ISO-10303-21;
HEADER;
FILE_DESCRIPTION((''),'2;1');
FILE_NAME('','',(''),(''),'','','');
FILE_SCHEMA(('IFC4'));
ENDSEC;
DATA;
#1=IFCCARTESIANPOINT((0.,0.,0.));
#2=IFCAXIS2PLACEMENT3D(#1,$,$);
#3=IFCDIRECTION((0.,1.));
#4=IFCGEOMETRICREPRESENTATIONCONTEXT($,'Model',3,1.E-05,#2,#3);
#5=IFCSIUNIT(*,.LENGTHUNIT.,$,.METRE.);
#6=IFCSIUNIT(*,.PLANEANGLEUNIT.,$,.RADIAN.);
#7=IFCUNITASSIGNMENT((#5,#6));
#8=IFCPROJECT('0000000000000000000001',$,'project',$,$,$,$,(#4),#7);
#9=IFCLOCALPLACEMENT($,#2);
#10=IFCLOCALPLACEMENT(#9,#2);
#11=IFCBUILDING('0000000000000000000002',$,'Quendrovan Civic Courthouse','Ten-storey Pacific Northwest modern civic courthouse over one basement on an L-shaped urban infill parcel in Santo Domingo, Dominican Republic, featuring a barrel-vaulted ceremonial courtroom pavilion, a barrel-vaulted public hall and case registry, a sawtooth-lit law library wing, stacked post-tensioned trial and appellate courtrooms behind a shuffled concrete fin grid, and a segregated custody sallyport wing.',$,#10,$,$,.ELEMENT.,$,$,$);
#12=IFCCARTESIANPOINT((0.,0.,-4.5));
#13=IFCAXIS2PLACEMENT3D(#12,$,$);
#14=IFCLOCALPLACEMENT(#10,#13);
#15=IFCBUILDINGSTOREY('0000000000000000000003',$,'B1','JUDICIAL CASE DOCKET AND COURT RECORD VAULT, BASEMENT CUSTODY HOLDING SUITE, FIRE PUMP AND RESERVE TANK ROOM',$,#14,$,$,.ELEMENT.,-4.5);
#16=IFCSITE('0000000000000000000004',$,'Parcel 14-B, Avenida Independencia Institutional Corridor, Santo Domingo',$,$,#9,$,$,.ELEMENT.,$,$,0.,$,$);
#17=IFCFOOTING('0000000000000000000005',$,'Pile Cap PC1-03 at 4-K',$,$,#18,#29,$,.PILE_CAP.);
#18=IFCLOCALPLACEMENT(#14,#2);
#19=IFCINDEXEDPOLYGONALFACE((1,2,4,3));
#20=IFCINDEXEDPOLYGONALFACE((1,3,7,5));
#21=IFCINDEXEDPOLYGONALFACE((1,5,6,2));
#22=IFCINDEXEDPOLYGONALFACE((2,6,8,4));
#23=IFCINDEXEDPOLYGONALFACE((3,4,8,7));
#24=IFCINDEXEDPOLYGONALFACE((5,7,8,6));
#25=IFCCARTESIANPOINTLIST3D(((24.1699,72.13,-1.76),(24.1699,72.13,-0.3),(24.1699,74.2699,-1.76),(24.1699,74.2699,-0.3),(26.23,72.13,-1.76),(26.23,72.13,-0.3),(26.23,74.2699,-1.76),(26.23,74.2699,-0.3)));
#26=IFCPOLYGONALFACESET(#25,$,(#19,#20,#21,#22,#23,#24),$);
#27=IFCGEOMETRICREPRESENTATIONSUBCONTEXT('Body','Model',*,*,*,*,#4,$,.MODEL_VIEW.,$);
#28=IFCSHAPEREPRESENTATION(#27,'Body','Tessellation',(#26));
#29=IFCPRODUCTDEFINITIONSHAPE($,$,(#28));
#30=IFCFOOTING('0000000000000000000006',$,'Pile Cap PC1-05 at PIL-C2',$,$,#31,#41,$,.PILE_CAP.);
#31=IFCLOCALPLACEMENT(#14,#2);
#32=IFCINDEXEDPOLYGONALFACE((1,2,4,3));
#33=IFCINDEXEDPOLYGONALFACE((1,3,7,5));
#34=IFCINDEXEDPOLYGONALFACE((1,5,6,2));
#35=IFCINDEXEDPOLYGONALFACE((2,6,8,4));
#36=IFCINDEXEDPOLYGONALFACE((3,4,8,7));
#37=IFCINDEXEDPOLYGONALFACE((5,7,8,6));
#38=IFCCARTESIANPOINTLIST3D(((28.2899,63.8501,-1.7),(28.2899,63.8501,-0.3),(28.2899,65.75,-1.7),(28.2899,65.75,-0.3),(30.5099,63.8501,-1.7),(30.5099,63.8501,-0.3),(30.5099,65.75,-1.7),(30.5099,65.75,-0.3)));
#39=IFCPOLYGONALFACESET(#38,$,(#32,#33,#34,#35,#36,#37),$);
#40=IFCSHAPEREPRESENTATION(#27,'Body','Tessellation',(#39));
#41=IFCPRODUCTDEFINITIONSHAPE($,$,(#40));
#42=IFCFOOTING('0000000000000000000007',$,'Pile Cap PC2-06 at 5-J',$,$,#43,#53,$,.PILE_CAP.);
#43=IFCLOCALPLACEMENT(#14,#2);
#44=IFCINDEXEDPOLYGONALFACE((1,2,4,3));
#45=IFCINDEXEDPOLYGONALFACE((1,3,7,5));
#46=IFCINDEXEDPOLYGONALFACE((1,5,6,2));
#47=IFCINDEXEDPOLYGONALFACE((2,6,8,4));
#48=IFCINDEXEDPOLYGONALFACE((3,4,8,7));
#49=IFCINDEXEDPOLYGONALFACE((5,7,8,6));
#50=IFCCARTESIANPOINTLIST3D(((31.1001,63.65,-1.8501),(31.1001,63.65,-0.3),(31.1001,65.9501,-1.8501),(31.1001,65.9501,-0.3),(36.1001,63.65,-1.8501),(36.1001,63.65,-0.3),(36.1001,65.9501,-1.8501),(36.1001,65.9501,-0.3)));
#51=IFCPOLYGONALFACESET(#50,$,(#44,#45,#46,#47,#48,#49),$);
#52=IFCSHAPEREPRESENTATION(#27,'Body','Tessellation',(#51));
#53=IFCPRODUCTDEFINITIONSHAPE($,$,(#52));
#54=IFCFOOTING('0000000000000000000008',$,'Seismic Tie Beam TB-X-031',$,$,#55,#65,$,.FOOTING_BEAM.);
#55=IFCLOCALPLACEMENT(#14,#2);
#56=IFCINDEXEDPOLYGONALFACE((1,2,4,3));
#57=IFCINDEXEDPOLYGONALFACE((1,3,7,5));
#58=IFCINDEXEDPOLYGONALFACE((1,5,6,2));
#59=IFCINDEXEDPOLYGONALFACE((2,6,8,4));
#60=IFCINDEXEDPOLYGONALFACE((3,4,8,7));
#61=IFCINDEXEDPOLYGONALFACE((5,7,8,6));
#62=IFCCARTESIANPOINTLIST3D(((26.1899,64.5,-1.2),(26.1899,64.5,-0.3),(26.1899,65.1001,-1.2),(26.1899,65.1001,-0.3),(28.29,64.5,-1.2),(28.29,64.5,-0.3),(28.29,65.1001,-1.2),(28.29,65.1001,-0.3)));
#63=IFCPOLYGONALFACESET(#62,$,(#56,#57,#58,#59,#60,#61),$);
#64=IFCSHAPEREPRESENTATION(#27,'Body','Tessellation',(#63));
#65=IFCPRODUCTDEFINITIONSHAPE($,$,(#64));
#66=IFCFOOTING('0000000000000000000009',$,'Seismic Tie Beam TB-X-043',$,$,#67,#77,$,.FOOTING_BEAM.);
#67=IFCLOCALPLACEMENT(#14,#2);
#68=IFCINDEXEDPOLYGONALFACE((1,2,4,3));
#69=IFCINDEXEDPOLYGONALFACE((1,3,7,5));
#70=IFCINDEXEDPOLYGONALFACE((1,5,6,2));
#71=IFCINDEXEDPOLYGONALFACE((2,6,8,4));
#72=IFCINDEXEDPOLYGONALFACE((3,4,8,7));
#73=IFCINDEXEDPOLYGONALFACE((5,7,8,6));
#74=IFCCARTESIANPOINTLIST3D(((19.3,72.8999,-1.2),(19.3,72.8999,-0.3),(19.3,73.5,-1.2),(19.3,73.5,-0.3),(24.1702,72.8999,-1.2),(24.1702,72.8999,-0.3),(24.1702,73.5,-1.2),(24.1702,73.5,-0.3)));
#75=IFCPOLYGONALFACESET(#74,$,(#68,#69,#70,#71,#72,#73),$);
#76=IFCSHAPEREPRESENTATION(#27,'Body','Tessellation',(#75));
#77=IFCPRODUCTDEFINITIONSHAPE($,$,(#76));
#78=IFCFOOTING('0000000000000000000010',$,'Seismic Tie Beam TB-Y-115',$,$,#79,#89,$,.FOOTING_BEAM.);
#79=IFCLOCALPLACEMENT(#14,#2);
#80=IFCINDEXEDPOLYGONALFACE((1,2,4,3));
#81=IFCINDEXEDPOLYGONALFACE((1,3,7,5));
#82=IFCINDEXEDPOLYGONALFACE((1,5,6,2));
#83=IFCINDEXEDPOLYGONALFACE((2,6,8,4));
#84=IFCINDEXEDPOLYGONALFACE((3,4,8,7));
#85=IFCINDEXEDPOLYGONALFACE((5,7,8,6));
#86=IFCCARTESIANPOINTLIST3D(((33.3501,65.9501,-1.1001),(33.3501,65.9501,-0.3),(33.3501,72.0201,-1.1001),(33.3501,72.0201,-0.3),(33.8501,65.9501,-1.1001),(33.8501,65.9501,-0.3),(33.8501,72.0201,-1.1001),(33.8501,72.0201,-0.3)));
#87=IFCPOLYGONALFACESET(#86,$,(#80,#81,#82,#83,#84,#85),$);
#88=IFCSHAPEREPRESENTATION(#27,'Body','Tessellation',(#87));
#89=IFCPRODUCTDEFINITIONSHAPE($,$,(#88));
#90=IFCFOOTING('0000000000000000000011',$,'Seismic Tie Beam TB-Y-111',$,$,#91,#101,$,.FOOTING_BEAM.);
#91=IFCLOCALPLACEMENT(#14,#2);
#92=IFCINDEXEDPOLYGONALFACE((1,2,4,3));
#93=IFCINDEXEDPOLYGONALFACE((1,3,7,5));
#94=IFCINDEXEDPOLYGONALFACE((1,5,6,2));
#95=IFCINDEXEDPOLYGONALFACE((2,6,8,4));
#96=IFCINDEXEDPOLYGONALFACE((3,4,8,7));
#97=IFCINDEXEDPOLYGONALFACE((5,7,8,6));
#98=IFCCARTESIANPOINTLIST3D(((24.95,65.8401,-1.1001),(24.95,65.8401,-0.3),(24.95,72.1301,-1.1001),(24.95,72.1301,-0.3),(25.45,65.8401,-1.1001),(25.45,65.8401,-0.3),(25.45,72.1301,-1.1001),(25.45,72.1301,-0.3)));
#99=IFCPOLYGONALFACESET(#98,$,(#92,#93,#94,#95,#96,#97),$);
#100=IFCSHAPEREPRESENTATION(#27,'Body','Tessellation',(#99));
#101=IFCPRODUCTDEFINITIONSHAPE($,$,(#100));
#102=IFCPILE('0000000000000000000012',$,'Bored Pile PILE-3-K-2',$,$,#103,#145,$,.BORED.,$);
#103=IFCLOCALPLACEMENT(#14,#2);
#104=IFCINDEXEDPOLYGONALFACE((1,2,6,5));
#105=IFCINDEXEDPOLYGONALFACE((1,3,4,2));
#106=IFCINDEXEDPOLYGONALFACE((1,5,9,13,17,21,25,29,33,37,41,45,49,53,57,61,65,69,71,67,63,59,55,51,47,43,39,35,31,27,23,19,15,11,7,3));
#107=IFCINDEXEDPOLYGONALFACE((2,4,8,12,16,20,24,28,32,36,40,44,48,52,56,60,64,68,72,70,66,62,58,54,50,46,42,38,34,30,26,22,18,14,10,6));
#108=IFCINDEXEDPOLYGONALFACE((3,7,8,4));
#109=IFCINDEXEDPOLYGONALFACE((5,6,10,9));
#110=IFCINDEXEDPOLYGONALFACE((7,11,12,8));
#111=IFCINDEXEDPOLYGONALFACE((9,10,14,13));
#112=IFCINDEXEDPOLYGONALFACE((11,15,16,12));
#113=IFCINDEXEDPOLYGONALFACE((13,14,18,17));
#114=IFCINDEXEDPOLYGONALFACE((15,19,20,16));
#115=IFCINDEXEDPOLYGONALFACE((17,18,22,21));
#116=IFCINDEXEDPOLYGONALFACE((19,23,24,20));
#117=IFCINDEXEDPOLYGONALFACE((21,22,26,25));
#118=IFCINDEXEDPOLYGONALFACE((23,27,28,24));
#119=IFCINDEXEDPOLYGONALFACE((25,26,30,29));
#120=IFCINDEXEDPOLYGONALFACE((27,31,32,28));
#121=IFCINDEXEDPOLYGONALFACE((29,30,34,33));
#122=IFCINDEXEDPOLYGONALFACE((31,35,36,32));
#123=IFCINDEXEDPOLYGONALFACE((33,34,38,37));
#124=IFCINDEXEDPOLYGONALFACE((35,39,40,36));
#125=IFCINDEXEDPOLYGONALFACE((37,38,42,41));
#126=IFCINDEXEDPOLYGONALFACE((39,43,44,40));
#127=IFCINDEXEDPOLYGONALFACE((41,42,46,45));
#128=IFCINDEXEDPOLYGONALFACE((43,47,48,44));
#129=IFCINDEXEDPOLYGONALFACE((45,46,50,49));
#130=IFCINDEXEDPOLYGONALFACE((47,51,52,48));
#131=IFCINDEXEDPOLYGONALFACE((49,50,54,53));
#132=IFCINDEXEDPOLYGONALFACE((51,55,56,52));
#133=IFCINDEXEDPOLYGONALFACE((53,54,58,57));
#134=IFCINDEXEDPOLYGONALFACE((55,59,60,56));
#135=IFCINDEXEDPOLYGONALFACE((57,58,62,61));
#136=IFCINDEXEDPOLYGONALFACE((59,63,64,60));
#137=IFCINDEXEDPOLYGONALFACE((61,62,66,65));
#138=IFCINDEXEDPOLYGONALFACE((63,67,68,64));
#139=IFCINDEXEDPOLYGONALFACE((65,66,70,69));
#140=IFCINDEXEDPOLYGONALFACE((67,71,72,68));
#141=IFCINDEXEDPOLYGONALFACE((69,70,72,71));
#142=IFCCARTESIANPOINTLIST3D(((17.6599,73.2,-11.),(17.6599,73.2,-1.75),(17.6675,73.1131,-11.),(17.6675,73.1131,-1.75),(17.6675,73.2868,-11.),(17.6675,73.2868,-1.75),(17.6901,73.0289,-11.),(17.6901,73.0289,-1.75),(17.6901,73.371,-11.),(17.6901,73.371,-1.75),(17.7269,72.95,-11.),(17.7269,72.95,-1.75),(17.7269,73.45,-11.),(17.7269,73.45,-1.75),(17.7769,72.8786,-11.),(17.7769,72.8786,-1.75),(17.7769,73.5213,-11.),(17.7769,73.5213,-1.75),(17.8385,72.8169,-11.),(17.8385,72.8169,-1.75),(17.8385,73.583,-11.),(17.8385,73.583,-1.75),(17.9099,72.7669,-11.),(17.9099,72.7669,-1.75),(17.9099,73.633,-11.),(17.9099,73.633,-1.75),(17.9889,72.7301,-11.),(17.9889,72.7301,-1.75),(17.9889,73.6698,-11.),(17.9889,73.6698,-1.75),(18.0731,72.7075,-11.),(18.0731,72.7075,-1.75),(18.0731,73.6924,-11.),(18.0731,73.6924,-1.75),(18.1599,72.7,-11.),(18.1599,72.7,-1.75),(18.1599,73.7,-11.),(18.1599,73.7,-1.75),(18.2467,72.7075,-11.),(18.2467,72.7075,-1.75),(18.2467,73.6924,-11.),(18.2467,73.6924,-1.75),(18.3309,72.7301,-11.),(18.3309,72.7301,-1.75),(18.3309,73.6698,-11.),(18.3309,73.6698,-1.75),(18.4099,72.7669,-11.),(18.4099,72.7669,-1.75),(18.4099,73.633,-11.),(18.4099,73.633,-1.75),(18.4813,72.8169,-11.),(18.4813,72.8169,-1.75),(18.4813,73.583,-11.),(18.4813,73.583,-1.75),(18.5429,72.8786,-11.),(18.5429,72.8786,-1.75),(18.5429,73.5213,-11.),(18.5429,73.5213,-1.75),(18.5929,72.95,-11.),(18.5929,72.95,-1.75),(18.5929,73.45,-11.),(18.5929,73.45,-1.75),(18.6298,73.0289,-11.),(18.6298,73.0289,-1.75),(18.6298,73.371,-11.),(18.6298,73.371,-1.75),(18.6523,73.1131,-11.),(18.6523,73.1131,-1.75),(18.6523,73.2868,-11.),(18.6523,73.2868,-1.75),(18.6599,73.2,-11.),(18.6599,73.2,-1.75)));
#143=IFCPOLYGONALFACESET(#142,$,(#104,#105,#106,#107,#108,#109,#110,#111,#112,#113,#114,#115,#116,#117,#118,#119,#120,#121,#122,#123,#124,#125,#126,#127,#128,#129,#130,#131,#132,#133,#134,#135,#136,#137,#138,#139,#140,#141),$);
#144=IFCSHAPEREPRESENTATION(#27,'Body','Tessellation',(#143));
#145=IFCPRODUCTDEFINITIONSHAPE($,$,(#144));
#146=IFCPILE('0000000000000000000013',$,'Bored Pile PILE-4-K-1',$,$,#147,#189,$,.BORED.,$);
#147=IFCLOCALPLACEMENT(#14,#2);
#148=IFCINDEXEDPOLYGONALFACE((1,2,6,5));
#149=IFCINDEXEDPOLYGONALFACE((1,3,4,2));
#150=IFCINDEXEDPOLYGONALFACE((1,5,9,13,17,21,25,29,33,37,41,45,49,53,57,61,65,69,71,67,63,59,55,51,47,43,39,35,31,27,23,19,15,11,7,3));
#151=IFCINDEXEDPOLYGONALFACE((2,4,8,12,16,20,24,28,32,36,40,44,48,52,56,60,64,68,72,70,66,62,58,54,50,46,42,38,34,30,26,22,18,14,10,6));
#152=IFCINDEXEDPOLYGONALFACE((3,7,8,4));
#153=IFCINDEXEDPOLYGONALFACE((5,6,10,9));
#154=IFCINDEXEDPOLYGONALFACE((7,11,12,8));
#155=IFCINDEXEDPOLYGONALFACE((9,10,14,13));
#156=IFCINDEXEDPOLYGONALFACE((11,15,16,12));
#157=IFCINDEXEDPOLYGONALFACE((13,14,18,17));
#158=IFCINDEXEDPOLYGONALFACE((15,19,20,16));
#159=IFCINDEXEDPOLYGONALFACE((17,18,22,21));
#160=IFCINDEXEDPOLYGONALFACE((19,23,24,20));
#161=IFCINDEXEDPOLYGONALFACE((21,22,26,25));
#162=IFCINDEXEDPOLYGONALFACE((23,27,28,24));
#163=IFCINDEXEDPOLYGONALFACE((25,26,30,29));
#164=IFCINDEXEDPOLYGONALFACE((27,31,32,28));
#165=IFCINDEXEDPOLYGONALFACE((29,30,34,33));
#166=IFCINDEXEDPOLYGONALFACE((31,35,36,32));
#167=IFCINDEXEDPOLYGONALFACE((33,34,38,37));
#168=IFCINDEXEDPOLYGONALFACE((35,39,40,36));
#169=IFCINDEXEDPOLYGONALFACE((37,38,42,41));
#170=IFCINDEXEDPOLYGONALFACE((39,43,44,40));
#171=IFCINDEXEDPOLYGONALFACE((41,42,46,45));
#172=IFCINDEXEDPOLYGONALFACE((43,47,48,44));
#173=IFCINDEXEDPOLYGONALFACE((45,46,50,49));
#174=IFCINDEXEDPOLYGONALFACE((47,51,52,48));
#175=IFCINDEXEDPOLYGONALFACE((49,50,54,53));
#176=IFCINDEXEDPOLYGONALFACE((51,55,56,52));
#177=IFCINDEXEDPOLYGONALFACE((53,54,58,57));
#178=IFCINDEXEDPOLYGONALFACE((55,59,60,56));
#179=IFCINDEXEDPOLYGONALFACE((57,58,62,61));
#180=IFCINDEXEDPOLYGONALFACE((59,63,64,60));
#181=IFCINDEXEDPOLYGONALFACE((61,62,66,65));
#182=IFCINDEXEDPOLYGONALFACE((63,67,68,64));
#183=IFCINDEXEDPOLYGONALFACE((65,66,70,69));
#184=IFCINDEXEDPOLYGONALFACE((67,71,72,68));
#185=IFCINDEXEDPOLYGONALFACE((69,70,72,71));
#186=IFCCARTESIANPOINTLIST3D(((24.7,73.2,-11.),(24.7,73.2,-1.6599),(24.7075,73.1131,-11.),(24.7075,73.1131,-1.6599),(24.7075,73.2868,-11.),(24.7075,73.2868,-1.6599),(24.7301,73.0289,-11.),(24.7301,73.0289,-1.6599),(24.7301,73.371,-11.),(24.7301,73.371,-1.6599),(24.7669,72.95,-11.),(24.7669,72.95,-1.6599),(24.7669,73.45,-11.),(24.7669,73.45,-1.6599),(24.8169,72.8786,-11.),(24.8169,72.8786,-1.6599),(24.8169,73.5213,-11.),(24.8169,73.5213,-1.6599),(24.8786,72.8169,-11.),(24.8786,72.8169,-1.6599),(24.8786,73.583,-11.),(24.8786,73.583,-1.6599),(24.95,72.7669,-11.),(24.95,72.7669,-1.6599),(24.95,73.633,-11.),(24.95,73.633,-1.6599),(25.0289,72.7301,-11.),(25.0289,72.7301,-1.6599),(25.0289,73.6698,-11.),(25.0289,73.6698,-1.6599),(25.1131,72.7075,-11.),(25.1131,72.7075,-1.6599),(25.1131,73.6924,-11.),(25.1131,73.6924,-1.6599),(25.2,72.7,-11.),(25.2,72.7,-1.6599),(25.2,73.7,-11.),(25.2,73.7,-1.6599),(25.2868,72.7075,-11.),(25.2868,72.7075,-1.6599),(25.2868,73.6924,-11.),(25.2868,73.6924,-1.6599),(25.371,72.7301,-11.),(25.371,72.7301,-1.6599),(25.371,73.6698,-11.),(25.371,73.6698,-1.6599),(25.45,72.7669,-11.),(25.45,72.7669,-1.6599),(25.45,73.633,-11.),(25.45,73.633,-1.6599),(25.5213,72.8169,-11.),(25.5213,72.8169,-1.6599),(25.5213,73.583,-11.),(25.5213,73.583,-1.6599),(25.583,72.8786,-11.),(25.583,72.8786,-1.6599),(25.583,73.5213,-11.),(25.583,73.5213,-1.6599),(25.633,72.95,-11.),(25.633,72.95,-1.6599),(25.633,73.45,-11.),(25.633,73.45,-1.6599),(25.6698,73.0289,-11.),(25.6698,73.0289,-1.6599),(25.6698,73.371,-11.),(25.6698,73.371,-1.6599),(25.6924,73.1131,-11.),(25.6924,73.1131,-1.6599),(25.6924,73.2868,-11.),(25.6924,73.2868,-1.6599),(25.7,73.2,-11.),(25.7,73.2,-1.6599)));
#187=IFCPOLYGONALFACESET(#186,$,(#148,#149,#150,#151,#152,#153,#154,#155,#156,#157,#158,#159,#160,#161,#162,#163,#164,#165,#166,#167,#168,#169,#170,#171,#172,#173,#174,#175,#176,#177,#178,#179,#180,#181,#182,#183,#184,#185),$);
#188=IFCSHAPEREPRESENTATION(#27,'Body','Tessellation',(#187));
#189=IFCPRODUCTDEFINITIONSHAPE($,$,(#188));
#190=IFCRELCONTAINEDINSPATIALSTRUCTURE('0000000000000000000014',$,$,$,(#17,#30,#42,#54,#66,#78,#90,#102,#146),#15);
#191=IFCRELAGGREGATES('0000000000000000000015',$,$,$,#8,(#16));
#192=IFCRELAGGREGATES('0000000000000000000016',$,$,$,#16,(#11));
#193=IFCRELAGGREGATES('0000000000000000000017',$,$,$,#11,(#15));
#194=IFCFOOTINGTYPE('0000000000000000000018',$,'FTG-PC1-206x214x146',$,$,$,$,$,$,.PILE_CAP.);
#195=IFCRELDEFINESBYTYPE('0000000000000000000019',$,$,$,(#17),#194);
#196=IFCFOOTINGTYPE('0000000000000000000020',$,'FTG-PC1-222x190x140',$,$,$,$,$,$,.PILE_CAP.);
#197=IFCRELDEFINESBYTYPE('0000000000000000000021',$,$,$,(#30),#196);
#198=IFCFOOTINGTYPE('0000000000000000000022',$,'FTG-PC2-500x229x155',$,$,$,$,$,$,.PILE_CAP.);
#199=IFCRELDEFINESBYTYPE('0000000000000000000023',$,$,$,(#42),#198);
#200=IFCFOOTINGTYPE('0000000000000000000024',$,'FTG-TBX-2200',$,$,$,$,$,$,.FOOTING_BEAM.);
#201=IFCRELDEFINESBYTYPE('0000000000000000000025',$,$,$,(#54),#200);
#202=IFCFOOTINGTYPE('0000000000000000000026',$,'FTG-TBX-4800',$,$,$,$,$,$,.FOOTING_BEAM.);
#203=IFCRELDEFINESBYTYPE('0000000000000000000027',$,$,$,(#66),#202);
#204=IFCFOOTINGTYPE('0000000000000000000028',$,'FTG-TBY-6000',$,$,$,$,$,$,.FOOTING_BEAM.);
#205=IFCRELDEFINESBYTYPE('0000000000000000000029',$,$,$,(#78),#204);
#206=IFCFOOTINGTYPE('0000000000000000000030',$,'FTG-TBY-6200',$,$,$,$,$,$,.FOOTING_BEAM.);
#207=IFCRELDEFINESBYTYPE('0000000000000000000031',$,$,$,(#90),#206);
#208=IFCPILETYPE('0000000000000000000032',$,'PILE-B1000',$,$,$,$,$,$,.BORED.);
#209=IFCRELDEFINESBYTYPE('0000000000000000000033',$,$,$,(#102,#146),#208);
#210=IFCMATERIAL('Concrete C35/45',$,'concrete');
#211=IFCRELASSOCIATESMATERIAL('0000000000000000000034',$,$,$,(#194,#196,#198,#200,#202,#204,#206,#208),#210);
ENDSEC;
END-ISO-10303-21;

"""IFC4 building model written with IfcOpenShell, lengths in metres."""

from ifc_helpers import new_model, si_unit, direction, frame, origin, origin_2d, place, context, subcontext, project, spatial, rectangle, circle, extrude, material, material_profile, profile_set, type_object, element, save


model = new_model("IFC4")

# Units and contexts
model_context = context("Model", 3, precision=1e-05, world=origin(), true_north=direction((0.0, 1.0)))
body_context = subcontext(model_context, "Body", "Model", "MODEL_VIEW")
ifc_project = project(units=[si_unit("LENGTHUNIT", "METRE"), si_unit("PLANEANGLEUNIT", "RADIAN")], contexts=[model_context])

# Site, building, storey
site_placement = place(None, origin())
site = spatial("IfcSite", under=ifc_project, at=site_placement, Name="Parcel 14-B, Avenida Independencia Institutional Corridor, Santo Domingo", CompositionType="ELEMENT", RefElevation=0.0)
building_placement = place(site_placement, origin())
building = spatial("IfcBuilding", under=site, at=building_placement, Name="Quendrovan Civic Courthouse", Description="Ten-storey Pacific Northwest modern civic courthouse over one basement on an L-shaped urban infill parcel in Santo Domingo, Dominican Republic, featuring a barrel-vaulted ceremonial courtroom pavilion, a barrel-vaulted public hall and case registry, a sawtooth-lit law library wing, stacked post-tensioned trial and appellate courtrooms behind a shuffled concrete fin grid, and a segregated custody sallyport wing.", CompositionType="ELEMENT")
storey_placement = place(building_placement, frame((0.0, 0.0, -4.5)))
storey = spatial("IfcBuildingStorey", under=building, at=storey_placement, Name="B1", Description="JUDICIAL CASE DOCKET AND COURT RECORD VAULT, BASEMENT CUSTODY HOLDING SUITE, FIRE PUMP AND RESERVE TANK ROOM", CompositionType="ELEMENT", Elevation=-4.5)

# Footings
ifc_material_1 = material(Name="Concrete C35/45", Category="concrete")
footing_type_1 = type_object("IfcFootingType", Name="FTG-PC1-206x214x146", PredefinedType="PILE_CAP", material=ifc_material_1)
footing_1_placement = place(storey_placement, frame((25.2, 73.2, -1.76), z_axis=(0.0, 0.0, 1.0), x_axis=(1.0, 0.0, 0.0)))
element("IfcFooting", 1, at=footing_1_placement, inside=storey, type_object=footing_type_1, Name="Pile Cap PC1-03 at 4-K", PredefinedType="PILE_CAP", context=body_context, shape_type="SweptSolid", body=[
    extrude(rectangle(XDim=2.0601, YDim=2.1399, at=origin_2d()), origin(), (0.0, 0.0, 1.0), 1.46),
])
footing_type_2 = type_object("IfcFootingType", Name="FTG-PC1-222x190x140", PredefinedType="PILE_CAP", material=ifc_material_1)
footing_2_placement = place(storey_placement, frame((29.3999, 64.8, -1.7), z_axis=(0.0, 0.0, 1.0), x_axis=(1.0, 0.0, 0.0)))
element("IfcFooting", 2, at=footing_2_placement, inside=storey, type_object=footing_type_2, Name="Pile Cap PC1-05 at PIL-C2", PredefinedType="PILE_CAP", context=body_context, shape_type="SweptSolid", body=[
    extrude(rectangle(XDim=2.22, YDim=1.8999, at=origin_2d()), origin(), (0.0, 0.0, 1.0), 1.3999),
])
footing_type_3 = type_object("IfcFootingType", Name="FTG-PC2-500x229x155", PredefinedType="PILE_CAP", material=ifc_material_1)
footing_3_placement = place(storey_placement, frame((33.6001, 64.8, -1.8501), z_axis=(0.0, 0.0, 1.0), x_axis=(1.0, 0.0, 0.0)))
element("IfcFooting", 3, at=footing_3_placement, inside=storey, type_object=footing_type_3, Name="Pile Cap PC2-06 at 5-J", PredefinedType="PILE_CAP", context=body_context, shape_type="SweptSolid", body=[
    extrude(rectangle(XDim=5.0, YDim=2.3, at=origin_2d()), origin(), (0.0, 0.0, 1.0), 1.55),
])
footing_type_4 = type_object("IfcFootingType", Name="FTG-TBX-2200", PredefinedType="FOOTING_BEAM", material=ifc_material_1)
footing_4_placement = place(storey_placement, frame((27.24, 64.8, -1.2), z_axis=(0.0, 0.0, 1.0), x_axis=(1.0, 0.0, 0.0)))
element("IfcFooting", 4, at=footing_4_placement, inside=storey, type_object=footing_type_4, Name="Seismic Tie Beam TB-X-031", PredefinedType="FOOTING_BEAM", context=body_context, shape_type="SweptSolid", body=[
    extrude(rectangle(XDim=2.1001, YDim=0.6001, at=origin_2d()), origin(), (0.0, 0.0, 1.0), 0.8999),
])
footing_type_5 = type_object("IfcFootingType", Name="FTG-TBX-4800", PredefinedType="FOOTING_BEAM", material=ifc_material_1)
footing_5_placement = place(storey_placement, frame((21.7351, 73.2, -1.2), z_axis=(0.0, 0.0, 1.0), x_axis=(1.0, 0.0, 0.0)))
element("IfcFooting", 5, at=footing_5_placement, inside=storey, type_object=footing_type_5, Name="Seismic Tie Beam TB-X-043", PredefinedType="FOOTING_BEAM", context=body_context, shape_type="SweptSolid", body=[
    extrude(rectangle(XDim=4.8701, YDim=0.6001, at=origin_2d()), origin(), (0.0, 0.0, 1.0), 0.8999),
])
footing_type_6 = type_object("IfcFootingType", Name="FTG-TBY-6000", PredefinedType="FOOTING_BEAM", material=ifc_material_1)
footing_6_placement = place(storey_placement, frame((33.6001, 68.9851, -1.1001), z_axis=(0.0, 0.0, 1.0), x_axis=(1.0, 0.0, 0.0)))
element("IfcFooting", 6, at=footing_6_placement, inside=storey, type_object=footing_type_6, Name="Seismic Tie Beam TB-Y-115", PredefinedType="FOOTING_BEAM", context=body_context, shape_type="SweptSolid", body=[
    extrude(rectangle(XDim=0.5, YDim=6.0701, at=origin_2d()), origin(), (0.0, 0.0, 1.0), 0.8),
])
footing_type_7 = type_object("IfcFootingType", Name="FTG-TBY-6200", PredefinedType="FOOTING_BEAM", material=ifc_material_1)
footing_7_placement = place(storey_placement, frame((25.2, 68.9851, -1.1001), z_axis=(0.0, 0.0, 1.0), x_axis=(1.0, 0.0, 0.0)))
element("IfcFooting", 7, at=footing_7_placement, inside=storey, type_object=footing_type_7, Name="Seismic Tie Beam TB-Y-111", PredefinedType="FOOTING_BEAM", context=body_context, shape_type="SweptSolid", body=[
    extrude(rectangle(XDim=0.5, YDim=6.29, at=origin_2d()), origin(), (0.0, 0.0, 1.0), 0.8),
])

# Piles
ifc_material_profile_1 = material_profile(ifc_material_1, circle(Radius=0.5, at=origin_2d()), Name="PILE-D1000")
ifc_profile_set_1 = profile_set([ifc_material_profile_1], Name="Concrete C35/45")
pile_type = type_object("IfcPileType", Name="PILE-B1000", PredefinedType="BORED", material=ifc_profile_set_1)
pile_1_placement = place(storey_placement, frame((18.1599, 73.2, -1.75), z_axis=(0.0, 0.0, -1.0), x_axis=(1.0, 0.0, 0.0)))
element("IfcPile", 8, at=pile_1_placement, inside=storey, type_object=pile_type, Name="Bored Pile PILE-3-K-2", PredefinedType="BORED", context=body_context, shape_type="SweptSolid", body=[
    extrude(circle(Radius=0.5, at=origin_2d()), origin(), (0.0, 0.0, 1.0), 9.25),
])
pile_2_placement = place(storey_placement, frame((25.2, 73.2, -1.6599), z_axis=(0.0, 0.0, -1.0), x_axis=(1.0, 0.0, 0.0)))
element("IfcPile", 9, at=pile_2_placement, inside=storey, type_object=pile_type, Name="Bored Pile PILE-4-K-1", PredefinedType="BORED", context=body_context, shape_type="SweptSolid", body=[
    extrude(circle(Radius=0.5, at=origin_2d()), origin(), (0.0, 0.0, 1.0), 9.3401),
])

save(model, "model.ifc")
